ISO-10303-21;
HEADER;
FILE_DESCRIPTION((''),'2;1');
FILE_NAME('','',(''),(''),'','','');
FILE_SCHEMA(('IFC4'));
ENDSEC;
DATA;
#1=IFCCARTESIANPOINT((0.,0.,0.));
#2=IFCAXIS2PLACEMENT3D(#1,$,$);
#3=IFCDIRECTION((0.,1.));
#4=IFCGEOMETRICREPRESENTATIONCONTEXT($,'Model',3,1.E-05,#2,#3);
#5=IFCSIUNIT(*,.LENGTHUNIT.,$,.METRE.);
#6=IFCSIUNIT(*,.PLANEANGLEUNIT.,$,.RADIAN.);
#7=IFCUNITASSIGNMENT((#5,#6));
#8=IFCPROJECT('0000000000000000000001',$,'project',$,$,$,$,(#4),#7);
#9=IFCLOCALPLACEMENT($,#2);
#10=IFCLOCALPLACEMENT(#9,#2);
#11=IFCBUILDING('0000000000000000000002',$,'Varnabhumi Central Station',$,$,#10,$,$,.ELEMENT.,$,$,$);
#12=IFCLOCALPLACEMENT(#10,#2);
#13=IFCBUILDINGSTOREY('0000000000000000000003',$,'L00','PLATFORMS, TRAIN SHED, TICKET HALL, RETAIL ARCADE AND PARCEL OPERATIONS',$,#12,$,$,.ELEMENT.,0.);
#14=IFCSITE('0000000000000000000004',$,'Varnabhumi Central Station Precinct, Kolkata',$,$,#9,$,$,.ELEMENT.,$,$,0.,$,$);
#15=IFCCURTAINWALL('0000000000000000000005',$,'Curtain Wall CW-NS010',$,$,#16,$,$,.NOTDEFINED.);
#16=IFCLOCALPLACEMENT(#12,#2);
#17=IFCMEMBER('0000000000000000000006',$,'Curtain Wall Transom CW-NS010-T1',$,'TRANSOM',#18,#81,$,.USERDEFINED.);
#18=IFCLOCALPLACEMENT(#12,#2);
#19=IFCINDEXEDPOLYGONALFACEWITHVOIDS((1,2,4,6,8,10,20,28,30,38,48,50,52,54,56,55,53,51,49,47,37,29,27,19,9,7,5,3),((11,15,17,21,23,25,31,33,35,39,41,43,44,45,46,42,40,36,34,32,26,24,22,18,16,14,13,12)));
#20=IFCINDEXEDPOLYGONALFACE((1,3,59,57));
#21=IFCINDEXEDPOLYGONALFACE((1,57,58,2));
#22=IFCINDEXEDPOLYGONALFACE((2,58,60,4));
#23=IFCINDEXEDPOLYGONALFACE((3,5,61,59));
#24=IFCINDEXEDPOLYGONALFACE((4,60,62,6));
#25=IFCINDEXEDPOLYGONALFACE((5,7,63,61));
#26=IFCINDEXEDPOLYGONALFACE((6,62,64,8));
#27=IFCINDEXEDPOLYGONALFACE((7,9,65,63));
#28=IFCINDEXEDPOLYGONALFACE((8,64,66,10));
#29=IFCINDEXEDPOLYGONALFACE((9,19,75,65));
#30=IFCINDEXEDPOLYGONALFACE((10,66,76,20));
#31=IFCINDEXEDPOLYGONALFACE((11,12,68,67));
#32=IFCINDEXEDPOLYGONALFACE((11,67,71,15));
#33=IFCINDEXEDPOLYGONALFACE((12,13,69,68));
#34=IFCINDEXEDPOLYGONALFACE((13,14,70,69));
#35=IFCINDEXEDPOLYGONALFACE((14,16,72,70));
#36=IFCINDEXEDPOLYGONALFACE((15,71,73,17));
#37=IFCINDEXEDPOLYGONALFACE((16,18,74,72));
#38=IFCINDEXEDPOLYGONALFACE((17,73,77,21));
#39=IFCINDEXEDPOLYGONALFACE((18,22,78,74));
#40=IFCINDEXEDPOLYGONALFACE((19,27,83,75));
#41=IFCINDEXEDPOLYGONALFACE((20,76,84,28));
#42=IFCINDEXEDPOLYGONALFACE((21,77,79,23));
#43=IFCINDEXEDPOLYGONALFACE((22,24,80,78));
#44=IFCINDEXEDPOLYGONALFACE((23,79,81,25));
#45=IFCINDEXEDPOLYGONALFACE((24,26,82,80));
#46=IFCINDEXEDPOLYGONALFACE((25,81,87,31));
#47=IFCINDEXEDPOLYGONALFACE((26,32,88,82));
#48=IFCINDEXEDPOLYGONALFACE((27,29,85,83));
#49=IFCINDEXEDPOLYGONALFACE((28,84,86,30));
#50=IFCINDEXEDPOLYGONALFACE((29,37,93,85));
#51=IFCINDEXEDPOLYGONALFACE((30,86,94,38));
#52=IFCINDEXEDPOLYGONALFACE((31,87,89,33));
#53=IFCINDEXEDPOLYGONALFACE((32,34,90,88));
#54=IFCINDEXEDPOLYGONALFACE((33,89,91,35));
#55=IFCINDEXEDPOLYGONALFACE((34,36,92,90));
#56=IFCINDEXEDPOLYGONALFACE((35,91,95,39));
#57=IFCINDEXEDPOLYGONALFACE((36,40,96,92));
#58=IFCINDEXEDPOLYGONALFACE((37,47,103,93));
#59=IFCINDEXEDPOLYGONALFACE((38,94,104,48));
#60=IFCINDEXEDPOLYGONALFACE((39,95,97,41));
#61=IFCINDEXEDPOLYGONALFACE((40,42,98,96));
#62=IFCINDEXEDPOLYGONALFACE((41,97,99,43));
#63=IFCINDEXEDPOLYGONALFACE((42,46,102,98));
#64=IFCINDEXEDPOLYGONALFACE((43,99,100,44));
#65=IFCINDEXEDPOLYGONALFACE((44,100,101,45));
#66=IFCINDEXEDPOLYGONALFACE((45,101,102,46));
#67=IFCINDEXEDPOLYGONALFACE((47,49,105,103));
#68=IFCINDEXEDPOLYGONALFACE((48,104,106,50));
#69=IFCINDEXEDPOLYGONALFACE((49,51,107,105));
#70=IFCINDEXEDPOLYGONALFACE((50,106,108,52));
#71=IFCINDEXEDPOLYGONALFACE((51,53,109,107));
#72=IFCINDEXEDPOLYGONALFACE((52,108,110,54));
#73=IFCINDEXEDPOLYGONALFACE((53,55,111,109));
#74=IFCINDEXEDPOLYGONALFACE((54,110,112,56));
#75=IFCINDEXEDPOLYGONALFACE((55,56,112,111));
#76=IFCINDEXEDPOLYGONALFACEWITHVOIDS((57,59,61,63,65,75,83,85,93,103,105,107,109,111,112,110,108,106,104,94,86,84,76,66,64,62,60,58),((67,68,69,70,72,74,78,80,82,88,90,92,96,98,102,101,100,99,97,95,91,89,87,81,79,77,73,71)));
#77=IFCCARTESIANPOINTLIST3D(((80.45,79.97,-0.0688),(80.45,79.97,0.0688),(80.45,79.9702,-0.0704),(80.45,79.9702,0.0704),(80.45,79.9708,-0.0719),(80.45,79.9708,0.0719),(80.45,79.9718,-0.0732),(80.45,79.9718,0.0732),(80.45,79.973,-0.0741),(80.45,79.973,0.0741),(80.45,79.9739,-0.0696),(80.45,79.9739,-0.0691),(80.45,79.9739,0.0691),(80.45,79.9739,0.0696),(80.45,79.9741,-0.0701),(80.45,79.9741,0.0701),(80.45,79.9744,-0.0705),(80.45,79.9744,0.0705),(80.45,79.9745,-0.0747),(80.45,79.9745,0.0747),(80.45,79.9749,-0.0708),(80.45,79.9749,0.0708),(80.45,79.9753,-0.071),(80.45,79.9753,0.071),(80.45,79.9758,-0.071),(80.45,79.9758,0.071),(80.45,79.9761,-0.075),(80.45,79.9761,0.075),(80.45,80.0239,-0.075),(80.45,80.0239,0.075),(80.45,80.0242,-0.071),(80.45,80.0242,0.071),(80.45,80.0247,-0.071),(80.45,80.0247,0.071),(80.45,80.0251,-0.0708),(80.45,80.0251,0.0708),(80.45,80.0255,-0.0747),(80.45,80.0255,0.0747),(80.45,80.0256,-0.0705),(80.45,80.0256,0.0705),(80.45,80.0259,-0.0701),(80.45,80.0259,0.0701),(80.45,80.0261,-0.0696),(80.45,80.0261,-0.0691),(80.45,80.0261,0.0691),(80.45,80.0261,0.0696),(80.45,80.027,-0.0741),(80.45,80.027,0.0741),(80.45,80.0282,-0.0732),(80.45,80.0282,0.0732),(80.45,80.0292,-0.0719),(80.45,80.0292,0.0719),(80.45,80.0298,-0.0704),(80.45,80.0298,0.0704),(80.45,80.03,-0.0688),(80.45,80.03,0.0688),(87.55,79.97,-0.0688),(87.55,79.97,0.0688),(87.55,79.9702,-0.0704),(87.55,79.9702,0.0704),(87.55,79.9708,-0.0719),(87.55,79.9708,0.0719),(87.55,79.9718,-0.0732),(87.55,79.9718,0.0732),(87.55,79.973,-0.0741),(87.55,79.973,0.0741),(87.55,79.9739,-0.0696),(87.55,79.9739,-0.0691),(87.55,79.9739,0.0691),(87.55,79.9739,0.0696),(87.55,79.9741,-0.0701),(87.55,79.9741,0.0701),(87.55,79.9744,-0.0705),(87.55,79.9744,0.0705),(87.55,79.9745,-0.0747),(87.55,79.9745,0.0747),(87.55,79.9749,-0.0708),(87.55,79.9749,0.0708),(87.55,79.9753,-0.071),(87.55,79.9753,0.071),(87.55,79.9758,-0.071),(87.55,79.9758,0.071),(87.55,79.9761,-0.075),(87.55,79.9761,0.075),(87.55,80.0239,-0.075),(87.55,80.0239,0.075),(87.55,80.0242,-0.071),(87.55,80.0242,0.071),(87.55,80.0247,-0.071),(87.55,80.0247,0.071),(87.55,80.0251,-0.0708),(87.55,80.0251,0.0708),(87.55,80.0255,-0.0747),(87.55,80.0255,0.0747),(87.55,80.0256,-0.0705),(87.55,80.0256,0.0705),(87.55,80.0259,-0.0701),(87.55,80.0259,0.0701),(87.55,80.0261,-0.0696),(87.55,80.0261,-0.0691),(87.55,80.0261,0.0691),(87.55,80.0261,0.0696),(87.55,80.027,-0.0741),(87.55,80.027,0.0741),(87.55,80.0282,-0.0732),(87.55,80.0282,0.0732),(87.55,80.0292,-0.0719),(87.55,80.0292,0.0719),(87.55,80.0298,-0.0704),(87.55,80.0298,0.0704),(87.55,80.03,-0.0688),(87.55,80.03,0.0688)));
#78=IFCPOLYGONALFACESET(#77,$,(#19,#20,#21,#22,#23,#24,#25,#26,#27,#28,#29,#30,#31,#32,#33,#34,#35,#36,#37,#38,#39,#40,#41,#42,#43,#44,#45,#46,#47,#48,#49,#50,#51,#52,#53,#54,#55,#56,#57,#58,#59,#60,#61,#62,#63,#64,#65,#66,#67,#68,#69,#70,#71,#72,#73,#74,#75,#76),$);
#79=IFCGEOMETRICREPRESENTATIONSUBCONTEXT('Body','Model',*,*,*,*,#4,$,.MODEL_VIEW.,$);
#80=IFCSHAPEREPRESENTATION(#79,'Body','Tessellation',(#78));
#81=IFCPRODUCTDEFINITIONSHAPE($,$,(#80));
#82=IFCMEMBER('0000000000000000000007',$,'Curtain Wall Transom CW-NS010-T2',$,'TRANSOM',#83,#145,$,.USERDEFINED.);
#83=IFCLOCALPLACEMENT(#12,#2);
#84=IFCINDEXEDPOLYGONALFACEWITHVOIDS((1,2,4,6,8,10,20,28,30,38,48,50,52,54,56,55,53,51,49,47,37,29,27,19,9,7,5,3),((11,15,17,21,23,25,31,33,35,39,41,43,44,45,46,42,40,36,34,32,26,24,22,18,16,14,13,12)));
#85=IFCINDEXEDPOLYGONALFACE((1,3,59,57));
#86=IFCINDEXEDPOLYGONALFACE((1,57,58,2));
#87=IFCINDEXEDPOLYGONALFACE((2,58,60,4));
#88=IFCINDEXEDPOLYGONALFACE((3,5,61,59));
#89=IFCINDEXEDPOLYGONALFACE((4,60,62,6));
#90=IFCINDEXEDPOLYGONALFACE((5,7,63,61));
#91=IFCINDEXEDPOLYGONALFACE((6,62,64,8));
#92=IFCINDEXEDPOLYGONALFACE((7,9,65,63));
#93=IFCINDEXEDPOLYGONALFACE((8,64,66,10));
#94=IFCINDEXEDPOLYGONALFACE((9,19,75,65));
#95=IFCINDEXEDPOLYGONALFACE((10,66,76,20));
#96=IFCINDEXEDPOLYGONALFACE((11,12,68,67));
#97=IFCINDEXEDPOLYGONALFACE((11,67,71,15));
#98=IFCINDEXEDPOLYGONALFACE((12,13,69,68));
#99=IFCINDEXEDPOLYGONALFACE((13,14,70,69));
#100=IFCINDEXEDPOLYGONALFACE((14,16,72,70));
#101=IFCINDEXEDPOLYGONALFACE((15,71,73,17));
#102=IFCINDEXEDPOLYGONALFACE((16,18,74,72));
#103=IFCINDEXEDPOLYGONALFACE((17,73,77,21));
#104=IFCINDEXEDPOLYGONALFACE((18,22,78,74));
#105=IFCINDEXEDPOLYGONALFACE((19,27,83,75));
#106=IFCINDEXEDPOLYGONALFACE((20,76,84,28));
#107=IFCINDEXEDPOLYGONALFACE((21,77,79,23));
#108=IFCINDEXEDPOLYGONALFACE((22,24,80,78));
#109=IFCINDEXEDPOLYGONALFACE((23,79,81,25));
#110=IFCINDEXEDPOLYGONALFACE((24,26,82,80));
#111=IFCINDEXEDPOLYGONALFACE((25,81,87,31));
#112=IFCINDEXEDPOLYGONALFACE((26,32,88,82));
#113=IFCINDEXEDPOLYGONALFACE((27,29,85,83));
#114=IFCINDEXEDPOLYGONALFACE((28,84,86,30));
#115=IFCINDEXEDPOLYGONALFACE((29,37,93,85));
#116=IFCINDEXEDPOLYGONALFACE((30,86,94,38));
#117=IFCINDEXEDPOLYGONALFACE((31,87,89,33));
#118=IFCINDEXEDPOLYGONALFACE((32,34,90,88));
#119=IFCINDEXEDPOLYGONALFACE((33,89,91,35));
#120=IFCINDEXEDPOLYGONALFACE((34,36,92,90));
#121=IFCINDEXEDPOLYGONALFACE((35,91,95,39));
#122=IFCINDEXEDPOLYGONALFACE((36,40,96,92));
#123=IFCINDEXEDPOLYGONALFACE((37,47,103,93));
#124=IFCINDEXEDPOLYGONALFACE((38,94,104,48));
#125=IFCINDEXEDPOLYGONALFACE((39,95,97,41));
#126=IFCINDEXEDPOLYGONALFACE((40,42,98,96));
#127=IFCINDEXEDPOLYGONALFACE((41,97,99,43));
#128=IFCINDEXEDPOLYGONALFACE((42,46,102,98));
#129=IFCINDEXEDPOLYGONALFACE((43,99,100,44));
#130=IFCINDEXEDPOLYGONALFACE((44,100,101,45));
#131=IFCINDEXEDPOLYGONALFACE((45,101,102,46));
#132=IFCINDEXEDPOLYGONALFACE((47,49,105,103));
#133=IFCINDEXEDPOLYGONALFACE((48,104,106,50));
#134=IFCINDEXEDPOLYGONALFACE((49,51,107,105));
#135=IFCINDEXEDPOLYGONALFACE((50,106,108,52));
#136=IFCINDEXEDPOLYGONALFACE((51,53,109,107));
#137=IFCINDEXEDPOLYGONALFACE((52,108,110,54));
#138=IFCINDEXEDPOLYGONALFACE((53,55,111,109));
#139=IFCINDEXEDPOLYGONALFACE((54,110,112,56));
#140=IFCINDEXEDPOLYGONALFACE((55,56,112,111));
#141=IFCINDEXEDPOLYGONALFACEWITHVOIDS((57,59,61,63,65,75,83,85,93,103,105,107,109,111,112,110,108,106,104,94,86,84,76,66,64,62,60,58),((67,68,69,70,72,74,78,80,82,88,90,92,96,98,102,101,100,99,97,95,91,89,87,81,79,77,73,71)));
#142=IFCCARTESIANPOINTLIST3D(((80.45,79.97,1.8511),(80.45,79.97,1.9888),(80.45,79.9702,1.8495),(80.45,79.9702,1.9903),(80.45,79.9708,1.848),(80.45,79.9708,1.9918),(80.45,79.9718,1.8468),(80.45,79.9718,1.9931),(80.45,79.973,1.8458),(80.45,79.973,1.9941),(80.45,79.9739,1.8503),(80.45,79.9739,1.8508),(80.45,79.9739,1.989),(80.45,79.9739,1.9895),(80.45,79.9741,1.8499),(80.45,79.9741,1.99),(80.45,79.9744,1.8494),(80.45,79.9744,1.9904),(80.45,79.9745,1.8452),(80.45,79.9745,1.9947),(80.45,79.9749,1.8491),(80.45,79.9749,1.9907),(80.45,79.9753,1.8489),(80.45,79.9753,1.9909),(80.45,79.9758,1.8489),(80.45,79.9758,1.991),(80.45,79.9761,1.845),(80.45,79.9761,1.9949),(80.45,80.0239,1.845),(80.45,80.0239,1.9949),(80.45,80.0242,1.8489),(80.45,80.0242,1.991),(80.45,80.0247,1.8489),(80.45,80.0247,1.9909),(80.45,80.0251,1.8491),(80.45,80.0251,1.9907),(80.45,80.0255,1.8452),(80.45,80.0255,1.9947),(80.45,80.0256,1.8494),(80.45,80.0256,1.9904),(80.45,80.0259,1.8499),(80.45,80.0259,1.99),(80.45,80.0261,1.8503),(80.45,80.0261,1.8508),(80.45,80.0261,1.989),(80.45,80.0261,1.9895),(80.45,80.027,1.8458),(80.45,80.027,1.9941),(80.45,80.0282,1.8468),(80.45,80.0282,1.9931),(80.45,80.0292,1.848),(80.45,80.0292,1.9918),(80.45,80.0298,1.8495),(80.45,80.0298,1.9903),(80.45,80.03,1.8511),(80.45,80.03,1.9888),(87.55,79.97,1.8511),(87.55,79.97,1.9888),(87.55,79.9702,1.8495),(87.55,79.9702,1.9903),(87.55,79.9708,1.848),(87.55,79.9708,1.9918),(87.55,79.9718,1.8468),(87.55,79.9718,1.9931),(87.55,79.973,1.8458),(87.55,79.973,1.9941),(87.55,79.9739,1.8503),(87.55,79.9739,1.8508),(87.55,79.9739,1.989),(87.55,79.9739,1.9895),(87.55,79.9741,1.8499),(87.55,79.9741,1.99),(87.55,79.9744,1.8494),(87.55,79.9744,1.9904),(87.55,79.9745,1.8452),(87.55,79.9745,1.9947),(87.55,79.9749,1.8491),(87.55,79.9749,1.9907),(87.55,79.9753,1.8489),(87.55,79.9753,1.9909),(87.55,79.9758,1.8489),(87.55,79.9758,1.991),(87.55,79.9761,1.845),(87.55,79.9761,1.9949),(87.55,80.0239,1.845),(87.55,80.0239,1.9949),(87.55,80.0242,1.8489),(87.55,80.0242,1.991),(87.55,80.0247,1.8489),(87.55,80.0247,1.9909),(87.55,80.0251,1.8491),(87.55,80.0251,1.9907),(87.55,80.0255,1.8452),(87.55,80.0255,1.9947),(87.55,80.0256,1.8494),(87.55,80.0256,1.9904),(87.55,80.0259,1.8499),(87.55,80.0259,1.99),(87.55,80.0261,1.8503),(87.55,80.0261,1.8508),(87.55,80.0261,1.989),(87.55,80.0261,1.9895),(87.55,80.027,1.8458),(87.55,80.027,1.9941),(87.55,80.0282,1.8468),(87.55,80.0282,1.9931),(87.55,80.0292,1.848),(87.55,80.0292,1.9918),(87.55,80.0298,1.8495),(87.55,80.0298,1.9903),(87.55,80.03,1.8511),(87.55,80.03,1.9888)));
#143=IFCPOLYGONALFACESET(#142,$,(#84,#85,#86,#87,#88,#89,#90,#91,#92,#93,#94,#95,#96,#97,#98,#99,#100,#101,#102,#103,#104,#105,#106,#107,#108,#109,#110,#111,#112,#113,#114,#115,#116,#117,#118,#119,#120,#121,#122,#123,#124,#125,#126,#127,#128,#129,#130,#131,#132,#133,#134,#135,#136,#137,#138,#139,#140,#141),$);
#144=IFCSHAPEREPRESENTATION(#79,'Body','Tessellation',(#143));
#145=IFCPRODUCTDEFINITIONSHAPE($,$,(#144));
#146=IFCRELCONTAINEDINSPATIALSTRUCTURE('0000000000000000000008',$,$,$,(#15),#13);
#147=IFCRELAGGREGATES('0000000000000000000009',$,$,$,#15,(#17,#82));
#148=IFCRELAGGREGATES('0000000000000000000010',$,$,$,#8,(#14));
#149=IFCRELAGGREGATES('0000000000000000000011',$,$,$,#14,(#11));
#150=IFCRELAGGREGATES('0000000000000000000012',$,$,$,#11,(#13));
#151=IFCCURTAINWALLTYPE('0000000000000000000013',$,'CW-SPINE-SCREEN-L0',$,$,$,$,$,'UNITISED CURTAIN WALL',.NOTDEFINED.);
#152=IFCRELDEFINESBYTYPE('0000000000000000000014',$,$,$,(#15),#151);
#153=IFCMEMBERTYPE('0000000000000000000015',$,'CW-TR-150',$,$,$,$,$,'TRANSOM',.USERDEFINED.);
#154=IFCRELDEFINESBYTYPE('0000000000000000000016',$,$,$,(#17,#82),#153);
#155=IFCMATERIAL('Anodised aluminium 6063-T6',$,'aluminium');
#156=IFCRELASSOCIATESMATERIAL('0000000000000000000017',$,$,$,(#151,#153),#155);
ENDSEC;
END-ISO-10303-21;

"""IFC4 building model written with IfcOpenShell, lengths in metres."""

from ifc_helpers import new_model, si_unit, direction, frame, origin, origin_2d, place, context, subcontext, project, spatial, hollow_rectangle, extrude, material, material_profile, profile_set, type_object, element, aggregate, save


model = new_model("IFC4")

# Units and contexts
model_context = context("Model", 3, precision=1e-05, world=origin(), true_north=direction((0.0, 1.0)))
body_context = subcontext(model_context, "Body", "Model", "MODEL_VIEW")
ifc_project = project(units=[si_unit("LENGTHUNIT", "METRE"), si_unit("PLANEANGLEUNIT", "RADIAN")], contexts=[model_context])

# Site, building, storey
site_placement = place(None, origin())
site = spatial("IfcSite", under=ifc_project, at=site_placement, Name="Varnabhumi Central Station Precinct, Kolkata", CompositionType="ELEMENT", RefElevation=0.0)
building_placement = place(site_placement, origin())
building = spatial("IfcBuilding", under=site, at=building_placement, Name="Varnabhumi Central Station", CompositionType="ELEMENT")
storey_placement = place(building_placement, origin())
storey = spatial("IfcBuildingStorey", under=building, at=storey_placement, Name="L00", Description="PLATFORMS, TRAIN SHED, TICKET HALL, RETAIL ARCADE AND PARCEL OPERATIONS", CompositionType="ELEMENT", Elevation=0.0)

# Curtain wall, members
ifc_material_1 = material(Name="Anodised aluminium 6063-T6", Category="aluminium")
curtain_wall_type = type_object("IfcCurtainWallType", Name="CW-SPINE-SCREEN-L0", ElementType="UNITISED CURTAIN WALL", PredefinedType="NOTDEFINED", material=ifc_material_1)
curtain_wall_placement = place(storey_placement, origin())
curtain_wall = element("IfcCurtainWall", 1, at=curtain_wall_placement, inside=storey, type_object=curtain_wall_type, Name="Curtain Wall CW-NS010", PredefinedType="NOTDEFINED")
ifc_material_profile_1 = material_profile(ifc_material_1, hollow_rectangle(XDim=0.0601, YDim=0.1499, WallThickness=0.0039, InnerFilletRadius=0.002, OuterFilletRadius=0.0061, at=origin_2d()), Name="Anodised aluminium 6063-T6", Category="aluminium")
ifc_profile_set_1 = profile_set([ifc_material_profile_1], Name="Anodised aluminium 6063-T6")
member_type_1 = type_object("IfcMemberType", Name="CW-TR-150", ElementType="TRANSOM", PredefinedType="USERDEFINED", material=ifc_profile_set_1)
member_1_placement = place(storey_placement, frame((80.45, 80.0, 0.0), z_axis=(1.0, 0.0, 0.0), x_axis=(0.0, 1.0, 0.0)))
member_1 = element("IfcMember", 2, at=member_1_placement, type_object=member_type_1, Name="Curtain Wall Transom CW-NS010-T1", ObjectType="TRANSOM", PredefinedType="USERDEFINED", context=body_context, shape_type="SweptSolid", body=[
    extrude(hollow_rectangle(XDim=0.0601, YDim=0.1499, WallThickness=0.0039, InnerFilletRadius=0.002, OuterFilletRadius=0.0061, at=origin_2d()), origin(), (0.0, 0.0, 1.0), 7.1001),
])
member_2_placement = place(storey_placement, frame((80.45, 80.0, 1.9199), z_axis=(1.0, 0.0, 0.0), x_axis=(0.0, 1.0, 0.0)))
member_2 = element("IfcMember", 3, at=member_2_placement, type_object=member_type_1, Name="Curtain Wall Transom CW-NS010-T2", ObjectType="TRANSOM", PredefinedType="USERDEFINED", context=body_context, shape_type="SweptSolid", body=[
    extrude(hollow_rectangle(XDim=0.0601, YDim=0.1499, WallThickness=0.0039, InnerFilletRadius=0.002, OuterFilletRadius=0.0061, at=origin_2d()), origin(), (0.0, 0.0, 1.0), 7.1001),
])
aggregate(curtain_wall, [member_1, member_2])

save(model, "model.ifc")
